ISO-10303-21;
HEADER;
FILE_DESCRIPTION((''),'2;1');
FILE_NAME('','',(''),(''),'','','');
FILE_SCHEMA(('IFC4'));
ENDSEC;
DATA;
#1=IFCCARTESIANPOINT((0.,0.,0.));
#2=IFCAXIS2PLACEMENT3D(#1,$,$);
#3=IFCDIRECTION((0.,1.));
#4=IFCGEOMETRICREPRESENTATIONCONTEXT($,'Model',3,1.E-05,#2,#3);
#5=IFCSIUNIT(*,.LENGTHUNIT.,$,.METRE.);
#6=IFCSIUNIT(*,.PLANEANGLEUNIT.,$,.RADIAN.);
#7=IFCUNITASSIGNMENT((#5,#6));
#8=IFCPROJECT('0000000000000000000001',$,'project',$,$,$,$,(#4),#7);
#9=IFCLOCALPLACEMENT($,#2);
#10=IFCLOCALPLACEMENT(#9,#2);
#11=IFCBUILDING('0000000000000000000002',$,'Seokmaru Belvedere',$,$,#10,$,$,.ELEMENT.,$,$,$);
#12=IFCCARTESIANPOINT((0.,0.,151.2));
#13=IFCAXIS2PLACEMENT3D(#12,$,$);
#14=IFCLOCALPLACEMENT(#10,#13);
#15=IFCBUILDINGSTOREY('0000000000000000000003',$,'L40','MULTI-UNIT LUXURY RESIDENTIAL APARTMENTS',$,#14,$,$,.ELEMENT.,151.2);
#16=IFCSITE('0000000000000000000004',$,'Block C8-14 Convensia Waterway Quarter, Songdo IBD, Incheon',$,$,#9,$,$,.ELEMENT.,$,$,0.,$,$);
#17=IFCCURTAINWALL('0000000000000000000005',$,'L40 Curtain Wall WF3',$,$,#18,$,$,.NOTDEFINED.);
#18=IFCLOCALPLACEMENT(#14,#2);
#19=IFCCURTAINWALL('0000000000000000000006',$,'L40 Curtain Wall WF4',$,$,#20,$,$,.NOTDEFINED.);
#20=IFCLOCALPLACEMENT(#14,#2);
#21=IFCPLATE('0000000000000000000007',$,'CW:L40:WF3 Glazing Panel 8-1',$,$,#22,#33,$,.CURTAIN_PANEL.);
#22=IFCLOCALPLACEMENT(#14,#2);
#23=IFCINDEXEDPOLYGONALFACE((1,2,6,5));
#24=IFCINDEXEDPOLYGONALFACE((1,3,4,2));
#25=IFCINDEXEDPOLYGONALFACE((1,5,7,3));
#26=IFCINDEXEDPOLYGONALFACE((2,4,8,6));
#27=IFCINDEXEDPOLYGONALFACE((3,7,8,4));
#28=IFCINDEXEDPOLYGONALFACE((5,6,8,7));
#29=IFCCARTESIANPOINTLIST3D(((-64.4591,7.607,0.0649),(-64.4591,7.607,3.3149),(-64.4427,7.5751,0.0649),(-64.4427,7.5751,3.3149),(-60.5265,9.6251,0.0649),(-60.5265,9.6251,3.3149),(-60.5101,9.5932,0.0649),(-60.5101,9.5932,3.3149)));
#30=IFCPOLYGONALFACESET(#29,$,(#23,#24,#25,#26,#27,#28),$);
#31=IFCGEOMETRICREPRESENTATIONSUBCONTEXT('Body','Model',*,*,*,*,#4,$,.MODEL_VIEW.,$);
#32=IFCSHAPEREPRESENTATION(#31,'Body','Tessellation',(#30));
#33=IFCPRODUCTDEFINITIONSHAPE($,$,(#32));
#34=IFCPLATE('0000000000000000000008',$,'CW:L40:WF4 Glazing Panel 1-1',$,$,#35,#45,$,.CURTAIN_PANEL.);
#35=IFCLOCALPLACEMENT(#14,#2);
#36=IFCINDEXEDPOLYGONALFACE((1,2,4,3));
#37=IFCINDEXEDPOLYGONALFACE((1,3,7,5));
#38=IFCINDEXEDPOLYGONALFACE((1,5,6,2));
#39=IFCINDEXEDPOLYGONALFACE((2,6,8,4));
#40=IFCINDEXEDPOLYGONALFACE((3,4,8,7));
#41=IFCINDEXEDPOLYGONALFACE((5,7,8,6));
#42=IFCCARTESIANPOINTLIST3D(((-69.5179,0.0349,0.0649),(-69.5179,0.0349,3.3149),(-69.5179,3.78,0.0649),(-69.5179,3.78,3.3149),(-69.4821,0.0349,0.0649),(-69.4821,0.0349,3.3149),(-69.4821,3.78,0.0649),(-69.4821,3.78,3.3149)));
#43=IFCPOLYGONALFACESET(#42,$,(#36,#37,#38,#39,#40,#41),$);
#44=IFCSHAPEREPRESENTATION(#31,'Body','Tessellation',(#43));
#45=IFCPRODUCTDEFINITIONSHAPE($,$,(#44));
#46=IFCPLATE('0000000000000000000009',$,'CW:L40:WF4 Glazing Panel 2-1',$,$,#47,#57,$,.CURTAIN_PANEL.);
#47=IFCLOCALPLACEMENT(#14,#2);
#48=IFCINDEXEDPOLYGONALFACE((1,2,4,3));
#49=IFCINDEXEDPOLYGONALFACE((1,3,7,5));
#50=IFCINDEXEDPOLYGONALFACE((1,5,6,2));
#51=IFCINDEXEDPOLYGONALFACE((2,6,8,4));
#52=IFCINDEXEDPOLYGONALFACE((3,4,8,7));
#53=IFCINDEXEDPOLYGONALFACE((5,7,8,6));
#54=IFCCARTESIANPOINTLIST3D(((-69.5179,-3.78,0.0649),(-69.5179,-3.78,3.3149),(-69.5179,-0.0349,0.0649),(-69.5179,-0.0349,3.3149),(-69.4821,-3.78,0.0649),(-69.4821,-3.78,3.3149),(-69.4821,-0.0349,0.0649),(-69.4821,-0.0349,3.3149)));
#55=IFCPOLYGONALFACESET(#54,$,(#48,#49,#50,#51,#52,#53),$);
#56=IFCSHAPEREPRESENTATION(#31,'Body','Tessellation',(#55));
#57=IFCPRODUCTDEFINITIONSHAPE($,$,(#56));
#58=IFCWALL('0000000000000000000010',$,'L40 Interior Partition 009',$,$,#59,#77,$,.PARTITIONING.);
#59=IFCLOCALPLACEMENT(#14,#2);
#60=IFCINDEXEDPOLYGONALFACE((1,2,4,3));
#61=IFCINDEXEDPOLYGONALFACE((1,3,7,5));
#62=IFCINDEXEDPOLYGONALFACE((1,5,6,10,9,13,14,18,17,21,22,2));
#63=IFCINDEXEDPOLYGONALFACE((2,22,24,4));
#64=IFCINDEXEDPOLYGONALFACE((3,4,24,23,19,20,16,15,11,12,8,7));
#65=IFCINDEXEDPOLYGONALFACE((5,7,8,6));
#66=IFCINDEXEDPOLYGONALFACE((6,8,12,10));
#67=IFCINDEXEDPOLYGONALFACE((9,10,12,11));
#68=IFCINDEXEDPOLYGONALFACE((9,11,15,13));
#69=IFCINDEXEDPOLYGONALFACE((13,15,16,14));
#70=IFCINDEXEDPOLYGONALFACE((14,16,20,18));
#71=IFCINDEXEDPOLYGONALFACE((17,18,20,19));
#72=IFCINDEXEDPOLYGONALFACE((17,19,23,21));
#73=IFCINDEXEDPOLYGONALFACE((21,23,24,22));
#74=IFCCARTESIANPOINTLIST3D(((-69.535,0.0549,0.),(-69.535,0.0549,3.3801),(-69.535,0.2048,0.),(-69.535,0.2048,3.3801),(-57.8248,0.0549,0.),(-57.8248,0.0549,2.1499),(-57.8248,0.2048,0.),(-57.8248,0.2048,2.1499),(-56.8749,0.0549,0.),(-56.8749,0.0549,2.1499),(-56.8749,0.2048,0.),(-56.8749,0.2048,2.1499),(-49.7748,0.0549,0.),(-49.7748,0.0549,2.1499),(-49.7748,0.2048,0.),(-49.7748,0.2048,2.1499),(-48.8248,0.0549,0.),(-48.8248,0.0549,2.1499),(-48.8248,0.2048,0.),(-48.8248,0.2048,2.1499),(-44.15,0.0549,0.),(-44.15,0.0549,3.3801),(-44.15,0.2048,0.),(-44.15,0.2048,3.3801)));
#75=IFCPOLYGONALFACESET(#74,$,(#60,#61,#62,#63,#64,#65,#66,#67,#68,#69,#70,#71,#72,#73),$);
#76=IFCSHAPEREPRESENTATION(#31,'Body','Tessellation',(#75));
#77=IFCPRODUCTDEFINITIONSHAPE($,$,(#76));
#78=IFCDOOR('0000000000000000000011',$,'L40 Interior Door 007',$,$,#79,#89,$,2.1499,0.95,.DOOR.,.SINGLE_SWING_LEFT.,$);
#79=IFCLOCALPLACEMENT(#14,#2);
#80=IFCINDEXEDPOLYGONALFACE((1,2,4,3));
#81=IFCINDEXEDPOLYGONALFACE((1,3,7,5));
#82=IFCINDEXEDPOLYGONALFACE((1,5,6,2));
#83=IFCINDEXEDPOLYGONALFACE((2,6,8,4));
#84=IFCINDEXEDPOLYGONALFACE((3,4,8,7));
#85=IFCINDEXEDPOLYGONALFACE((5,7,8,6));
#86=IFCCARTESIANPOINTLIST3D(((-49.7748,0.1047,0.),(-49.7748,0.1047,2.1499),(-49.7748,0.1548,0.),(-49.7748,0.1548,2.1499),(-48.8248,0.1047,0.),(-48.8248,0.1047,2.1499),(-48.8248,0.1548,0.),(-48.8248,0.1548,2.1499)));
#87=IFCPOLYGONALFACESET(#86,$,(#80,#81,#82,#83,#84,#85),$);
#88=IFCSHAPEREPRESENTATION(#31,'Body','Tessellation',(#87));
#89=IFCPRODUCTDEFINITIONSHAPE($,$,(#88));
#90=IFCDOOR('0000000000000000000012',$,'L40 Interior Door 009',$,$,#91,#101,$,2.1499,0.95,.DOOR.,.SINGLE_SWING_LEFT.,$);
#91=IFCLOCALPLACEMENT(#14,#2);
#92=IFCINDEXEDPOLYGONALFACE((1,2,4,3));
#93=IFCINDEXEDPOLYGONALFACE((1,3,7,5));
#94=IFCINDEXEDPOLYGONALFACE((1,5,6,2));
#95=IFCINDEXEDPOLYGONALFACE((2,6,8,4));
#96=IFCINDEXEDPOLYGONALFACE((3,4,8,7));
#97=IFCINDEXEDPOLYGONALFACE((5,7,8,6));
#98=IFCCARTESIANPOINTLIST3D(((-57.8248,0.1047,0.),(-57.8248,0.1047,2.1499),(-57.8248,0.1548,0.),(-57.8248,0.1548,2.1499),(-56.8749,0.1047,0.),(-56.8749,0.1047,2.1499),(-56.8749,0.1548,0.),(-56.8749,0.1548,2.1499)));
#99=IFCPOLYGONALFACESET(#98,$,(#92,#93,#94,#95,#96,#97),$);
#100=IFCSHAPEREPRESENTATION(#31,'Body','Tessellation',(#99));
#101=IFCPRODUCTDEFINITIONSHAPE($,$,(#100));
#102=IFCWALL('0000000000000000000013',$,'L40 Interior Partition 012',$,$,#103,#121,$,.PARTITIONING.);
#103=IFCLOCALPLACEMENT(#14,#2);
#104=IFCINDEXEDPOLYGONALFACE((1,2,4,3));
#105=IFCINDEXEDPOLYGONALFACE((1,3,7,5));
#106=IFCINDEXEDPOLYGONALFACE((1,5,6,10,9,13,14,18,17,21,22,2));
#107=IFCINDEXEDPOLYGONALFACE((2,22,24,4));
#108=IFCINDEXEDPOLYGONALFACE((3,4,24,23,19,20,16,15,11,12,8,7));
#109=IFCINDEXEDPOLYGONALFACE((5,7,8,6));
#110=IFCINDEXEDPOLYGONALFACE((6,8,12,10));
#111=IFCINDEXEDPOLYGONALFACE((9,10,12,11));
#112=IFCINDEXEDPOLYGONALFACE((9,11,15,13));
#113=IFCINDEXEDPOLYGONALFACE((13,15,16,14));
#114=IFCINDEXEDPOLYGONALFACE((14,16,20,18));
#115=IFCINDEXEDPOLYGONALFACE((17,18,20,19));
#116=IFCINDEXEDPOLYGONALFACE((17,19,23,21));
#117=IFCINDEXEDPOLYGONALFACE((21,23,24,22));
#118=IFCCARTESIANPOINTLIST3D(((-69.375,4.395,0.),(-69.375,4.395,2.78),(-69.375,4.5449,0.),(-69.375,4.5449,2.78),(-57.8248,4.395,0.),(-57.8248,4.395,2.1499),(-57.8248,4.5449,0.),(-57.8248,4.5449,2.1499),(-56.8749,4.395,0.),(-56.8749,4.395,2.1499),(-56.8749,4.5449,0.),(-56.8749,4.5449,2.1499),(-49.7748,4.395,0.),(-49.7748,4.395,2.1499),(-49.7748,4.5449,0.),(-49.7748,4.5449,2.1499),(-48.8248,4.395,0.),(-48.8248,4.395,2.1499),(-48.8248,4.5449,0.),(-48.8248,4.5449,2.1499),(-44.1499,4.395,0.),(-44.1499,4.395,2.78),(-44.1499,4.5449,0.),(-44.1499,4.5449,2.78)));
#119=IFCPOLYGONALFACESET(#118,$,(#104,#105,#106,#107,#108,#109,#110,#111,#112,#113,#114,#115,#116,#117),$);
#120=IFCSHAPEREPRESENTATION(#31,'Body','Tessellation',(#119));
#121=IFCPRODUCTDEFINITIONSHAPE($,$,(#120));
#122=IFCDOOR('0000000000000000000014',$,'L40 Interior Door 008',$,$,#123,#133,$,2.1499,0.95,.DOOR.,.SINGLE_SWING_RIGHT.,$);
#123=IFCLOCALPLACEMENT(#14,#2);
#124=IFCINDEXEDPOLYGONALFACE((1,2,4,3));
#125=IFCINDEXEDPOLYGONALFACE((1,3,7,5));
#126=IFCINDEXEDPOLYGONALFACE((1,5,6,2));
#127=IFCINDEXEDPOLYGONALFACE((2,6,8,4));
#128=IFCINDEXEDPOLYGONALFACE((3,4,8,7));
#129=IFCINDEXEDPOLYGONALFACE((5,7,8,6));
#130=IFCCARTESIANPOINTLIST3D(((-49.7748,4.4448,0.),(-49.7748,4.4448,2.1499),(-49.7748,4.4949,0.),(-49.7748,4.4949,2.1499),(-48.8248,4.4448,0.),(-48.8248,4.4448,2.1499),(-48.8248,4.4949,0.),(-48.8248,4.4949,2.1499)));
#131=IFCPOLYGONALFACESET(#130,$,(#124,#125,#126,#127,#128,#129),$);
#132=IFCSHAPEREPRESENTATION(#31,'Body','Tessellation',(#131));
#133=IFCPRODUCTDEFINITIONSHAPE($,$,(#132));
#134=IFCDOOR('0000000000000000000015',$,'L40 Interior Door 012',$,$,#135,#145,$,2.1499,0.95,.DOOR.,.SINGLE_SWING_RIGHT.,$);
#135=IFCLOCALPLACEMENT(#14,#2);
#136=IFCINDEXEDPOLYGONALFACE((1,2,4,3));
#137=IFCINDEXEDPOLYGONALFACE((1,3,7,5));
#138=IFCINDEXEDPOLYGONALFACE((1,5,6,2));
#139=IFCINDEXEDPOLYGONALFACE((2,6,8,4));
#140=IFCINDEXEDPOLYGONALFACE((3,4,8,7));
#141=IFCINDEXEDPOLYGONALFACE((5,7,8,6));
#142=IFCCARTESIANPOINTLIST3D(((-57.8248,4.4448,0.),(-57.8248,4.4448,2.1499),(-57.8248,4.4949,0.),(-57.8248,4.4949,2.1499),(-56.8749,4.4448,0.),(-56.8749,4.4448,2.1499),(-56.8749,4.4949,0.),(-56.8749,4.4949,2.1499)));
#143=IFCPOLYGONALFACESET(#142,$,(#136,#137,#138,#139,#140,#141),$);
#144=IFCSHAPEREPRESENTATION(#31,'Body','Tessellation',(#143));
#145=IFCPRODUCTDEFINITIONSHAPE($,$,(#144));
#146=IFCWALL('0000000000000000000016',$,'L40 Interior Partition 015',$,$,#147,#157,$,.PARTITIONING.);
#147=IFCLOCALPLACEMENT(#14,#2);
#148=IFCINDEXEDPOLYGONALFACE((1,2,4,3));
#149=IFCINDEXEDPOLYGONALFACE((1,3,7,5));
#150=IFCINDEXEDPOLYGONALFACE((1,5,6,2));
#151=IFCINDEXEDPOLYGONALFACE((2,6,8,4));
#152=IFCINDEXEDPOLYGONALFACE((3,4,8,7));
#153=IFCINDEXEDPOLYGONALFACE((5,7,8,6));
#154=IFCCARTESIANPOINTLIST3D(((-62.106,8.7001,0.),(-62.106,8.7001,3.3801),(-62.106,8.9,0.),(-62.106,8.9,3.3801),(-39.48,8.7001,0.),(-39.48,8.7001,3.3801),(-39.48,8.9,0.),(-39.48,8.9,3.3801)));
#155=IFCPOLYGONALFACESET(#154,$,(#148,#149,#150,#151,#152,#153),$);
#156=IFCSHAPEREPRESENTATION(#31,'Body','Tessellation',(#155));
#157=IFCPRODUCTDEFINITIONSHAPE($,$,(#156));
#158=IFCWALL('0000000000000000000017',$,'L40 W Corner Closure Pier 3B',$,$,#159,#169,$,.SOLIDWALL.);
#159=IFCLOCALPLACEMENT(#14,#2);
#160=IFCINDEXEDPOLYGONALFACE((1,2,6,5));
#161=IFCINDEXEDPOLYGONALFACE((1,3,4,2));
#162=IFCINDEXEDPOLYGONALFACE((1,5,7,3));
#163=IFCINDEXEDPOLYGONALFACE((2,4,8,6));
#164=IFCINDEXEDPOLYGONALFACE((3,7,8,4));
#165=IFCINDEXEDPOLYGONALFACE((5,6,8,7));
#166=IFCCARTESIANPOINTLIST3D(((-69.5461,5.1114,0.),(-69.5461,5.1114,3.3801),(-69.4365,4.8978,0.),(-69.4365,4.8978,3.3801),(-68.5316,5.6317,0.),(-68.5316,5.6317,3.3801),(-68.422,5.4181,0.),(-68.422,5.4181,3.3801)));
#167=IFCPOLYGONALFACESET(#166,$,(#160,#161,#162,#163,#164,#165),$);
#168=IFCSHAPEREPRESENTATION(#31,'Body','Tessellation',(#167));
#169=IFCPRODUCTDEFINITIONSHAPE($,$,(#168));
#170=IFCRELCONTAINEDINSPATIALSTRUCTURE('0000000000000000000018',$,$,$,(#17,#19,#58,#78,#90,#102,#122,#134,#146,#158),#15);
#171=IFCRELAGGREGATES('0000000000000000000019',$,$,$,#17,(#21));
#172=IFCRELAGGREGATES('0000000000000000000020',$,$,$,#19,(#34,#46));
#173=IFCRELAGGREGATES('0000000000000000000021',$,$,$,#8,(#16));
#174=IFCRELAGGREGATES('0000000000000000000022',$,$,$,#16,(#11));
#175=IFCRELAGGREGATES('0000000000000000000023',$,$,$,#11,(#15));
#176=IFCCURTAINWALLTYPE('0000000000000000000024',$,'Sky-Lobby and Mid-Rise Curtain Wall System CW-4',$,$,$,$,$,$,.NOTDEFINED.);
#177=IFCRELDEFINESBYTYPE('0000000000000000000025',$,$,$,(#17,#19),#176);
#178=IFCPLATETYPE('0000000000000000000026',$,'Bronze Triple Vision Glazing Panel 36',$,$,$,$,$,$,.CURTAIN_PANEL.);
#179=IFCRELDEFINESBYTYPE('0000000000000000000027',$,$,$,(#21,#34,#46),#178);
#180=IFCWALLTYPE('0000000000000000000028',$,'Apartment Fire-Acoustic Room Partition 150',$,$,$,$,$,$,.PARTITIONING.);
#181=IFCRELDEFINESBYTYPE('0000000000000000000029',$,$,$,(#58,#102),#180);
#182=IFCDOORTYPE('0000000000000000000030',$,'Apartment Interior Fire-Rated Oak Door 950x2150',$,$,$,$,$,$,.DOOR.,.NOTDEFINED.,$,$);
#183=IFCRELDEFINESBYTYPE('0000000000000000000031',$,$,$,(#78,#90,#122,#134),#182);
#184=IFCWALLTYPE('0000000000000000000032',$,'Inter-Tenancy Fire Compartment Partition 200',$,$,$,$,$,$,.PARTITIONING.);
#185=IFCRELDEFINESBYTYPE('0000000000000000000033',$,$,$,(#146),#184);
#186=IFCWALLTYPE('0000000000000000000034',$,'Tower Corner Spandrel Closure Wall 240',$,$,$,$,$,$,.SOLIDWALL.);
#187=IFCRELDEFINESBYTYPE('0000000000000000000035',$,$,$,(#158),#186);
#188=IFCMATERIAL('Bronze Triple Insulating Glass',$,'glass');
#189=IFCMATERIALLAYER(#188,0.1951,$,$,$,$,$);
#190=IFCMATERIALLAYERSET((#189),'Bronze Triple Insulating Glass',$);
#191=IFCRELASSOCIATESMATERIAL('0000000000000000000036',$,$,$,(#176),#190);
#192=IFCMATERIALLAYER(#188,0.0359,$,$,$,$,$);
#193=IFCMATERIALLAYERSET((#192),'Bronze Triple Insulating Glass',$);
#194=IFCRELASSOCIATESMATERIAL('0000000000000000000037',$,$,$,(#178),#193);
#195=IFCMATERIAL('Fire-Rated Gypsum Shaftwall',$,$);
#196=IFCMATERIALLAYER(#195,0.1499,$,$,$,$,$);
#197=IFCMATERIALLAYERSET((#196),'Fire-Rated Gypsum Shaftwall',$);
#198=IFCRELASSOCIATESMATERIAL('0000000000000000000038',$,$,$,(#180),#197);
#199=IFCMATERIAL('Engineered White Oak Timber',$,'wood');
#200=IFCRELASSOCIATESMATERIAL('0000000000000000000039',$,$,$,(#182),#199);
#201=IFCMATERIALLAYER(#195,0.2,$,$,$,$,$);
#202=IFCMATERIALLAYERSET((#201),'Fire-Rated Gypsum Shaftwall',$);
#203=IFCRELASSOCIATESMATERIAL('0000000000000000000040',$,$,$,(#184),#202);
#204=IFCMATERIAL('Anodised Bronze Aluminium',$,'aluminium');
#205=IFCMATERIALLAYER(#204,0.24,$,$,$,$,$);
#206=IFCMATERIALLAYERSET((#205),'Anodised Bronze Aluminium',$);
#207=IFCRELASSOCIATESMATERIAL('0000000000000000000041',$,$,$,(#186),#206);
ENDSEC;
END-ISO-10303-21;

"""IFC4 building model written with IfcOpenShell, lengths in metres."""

from ifc_helpers import new_model, si_unit, direction, frame, frame_2d, origin, origin_2d, place, context, subcontext, project, spatial, rectangle, extrude, source, transform, mapped, material, layer, layer_set, type_object, type_shapes, element, fill, aggregate, save


model = new_model("IFC4")

# Units and contexts
model_context = context("Model", 3, precision=1e-05, world=origin(), true_north=direction((0.0, 1.0)))
body_context = subcontext(model_context, "Body", "Model", "MODEL_VIEW")
ifc_project = project(units=[si_unit("LENGTHUNIT", "METRE"), si_unit("PLANEANGLEUNIT", "RADIAN")], contexts=[model_context])

# Site, building, storey
site_placement = place(None, origin())
site = spatial("IfcSite", under=ifc_project, at=site_placement, Name="Block C8-14 Convensia Waterway Quarter, Songdo IBD, Incheon", CompositionType="ELEMENT", RefElevation=0.0)
building_placement = place(site_placement, origin())
building = spatial("IfcBuilding", under=site, at=building_placement, Name="Seokmaru Belvedere", CompositionType="ELEMENT")
storey_placement = place(building_placement, frame((0.0, 0.0, 151.2)))
storey = spatial("IfcBuildingStorey", under=building, at=storey_placement, Name="L40", Description="MULTI-UNIT LUXURY RESIDENTIAL APARTMENTS", CompositionType="ELEMENT", Elevation=151.2)

# Curtain walls
ifc_material_1 = material(Name="Bronze Triple Insulating Glass", Category="glass")
ifc_layer_1 = layer(ifc_material_1, 0.1951)
ifc_layer_set_1 = layer_set([ifc_layer_1], Name="Bronze Triple Insulating Glass")
curtain_wall_type = type_object("IfcCurtainWallType", Name="Sky-Lobby and Mid-Rise Curtain Wall System CW-4", PredefinedType="NOTDEFINED", material=ifc_layer_set_1)
curtain_wall_1_placement = place(storey_placement, origin())
curtain_wall_1 = element("IfcCurtainWall", 1, at=curtain_wall_1_placement, inside=storey, type_object=curtain_wall_type, Name="L40 Curtain Wall WF3", PredefinedType="NOTDEFINED")
ifc_material_2 = material(Name="Anodised Bronze Aluminium", Category="aluminium")
curtain_wall_2_placement = place(storey_placement, origin())
curtain_wall_2 = element("IfcCurtainWall", 2, at=curtain_wall_2_placement, inside=storey, type_object=curtain_wall_type, Name="L40 Curtain Wall WF4", PredefinedType="NOTDEFINED")

# Plates
ifc_layer_2 = layer(ifc_material_1, 0.0359)
ifc_layer_set_2 = layer_set([ifc_layer_2], Name="Bronze Triple Insulating Glass")
plate_type = type_object("IfcPlateType", Name="Bronze Triple Vision Glazing Panel 36", PredefinedType="CURTAIN_PANEL", material=ifc_layer_set_2)
shared_shape_1 = source(origin(), body_context, "Body", "SweptSolid", [
    extrude(rectangle(XDim=4.4202, YDim=0.0359, at=origin_2d()), origin(), (0.0, 0.0, 1.0), 3.25),
])
plate_1_placement = place(storey_placement, frame((-62.4846, 8.6001, 0.0649), z_axis=(0.0, 0.0, 1.0), x_axis=(-0.889695, -0.456555, 0.0)))
plate_1 = element("IfcPlate", 3, at=plate_1_placement, type_object=plate_type, Name="CW:L40:WF3 Glazing Panel 8-1", PredefinedType="CURTAIN_PANEL", context=body_context, shape_type="MappedRepresentation", body=[
    mapped(shared_shape_1, transform((0.0, 0.0, 0.0), scale=1.0)),
])
aggregate(curtain_wall_1, [plate_1])
shared_shape_2 = source(origin(), body_context, "Body", "SweptSolid", [
    extrude(rectangle(XDim=3.7451, YDim=0.0359, at=origin_2d()), origin(), (0.0, 0.0, 1.0), 3.25),
])
plate_2_placement = place(storey_placement, frame((-69.5, 1.9075, 0.0649), z_axis=(0.0, 0.0, 1.0), x_axis=(0.0, -1.0, 0.0)))
plate_2 = element("IfcPlate", 4, at=plate_2_placement, type_object=plate_type, Name="CW:L40:WF4 Glazing Panel 1-1", PredefinedType="CURTAIN_PANEL", context=body_context, shape_type="MappedRepresentation", body=[
    mapped(shared_shape_2, transform((0.0, 0.0, 0.0), scale=1.0)),
])
plate_3_placement = place(storey_placement, frame((-69.5, -1.9075, 0.0649), z_axis=(0.0, 0.0, 1.0), x_axis=(0.0, -1.0, 0.0)))
plate_3 = element("IfcPlate", 5, at=plate_3_placement, type_object=plate_type, Name="CW:L40:WF4 Glazing Panel 2-1", PredefinedType="CURTAIN_PANEL", context=body_context, shape_type="MappedRepresentation", body=[
    mapped(shared_shape_2, transform((0.0, 0.0, 0.0), scale=1.0)),
])
aggregate(curtain_wall_2, [plate_2, plate_3])

# Walls, openings, doors
ifc_material_3 = material(Name="Fire-Rated Gypsum Shaftwall")
ifc_layer_3 = layer(ifc_material_3, 0.1499)
ifc_layer_set_3 = layer_set([ifc_layer_3], Name="Fire-Rated Gypsum Shaftwall")
wall_type_1 = type_object("IfcWallType", Name="Apartment Fire-Acoustic Room Partition 150", PredefinedType="PARTITIONING", material=ifc_layer_set_3)
wall_1_placement = place(storey_placement, frame((-69.5349, 0.1299, 0.0), z_axis=(0.0, 0.0, 1.0), x_axis=(1.0, 0.0, 0.0)))
wall_1 = element("IfcWall", 6, at=wall_1_placement, inside=storey, type_object=wall_type_1, Name="L40 Interior Partition 009", PredefinedType="PARTITIONING", context=body_context, shape_type="SweptSolid", body=[
    extrude(rectangle(XDim=25.385, YDim=0.1499, at=frame_2d((12.6924, 0.0))), origin(), (0.0, 0.0, 1.0), 3.3801),
])
opening_1_placement = place(wall_1_placement, frame((19.76, 0.0, 0.0)))
opening_1 = element("IfcOpeningElement", 7, at=opening_1_placement, cuts=wall_1, PredefinedType="OPENING", context=body_context, shape_type="SweptSolid", body=[
    extrude(rectangle(XDim=0.95, YDim=2.1499, at=frame_2d((0.4751, 1.075))), frame((0.0, 0.085, 0.0), z_axis=(0.0, -1.0, 0.0), x_axis=(1.0, 0.0, 0.0)), (0.0, 0.0, 1.0), 0.1699),
])
opening_2_placement = place(wall_1_placement, frame((11.71, 0.0, 0.0)))
opening_2 = element("IfcOpeningElement", 8, at=opening_2_placement, cuts=wall_1, PredefinedType="OPENING", context=body_context, shape_type="SweptSolid", body=[
    extrude(rectangle(XDim=0.95, YDim=2.1499, at=frame_2d((0.4751, 1.075))), frame((0.0, 0.085, 0.0), z_axis=(0.0, -1.0, 0.0), x_axis=(1.0, 0.0, 0.0)), (0.0, 0.0, 1.0), 0.1699),
])
ifc_material_4 = material(Name="Engineered White Oak Timber", Category="wood")
door_type = type_object("IfcDoorType", Name="Apartment Interior Fire-Rated Oak Door 950x2150", OperationType="NOTDEFINED", PredefinedType="DOOR", material=ifc_material_4)
shared_shape_3 = source(origin(), body_context, "Body", "SweptSolid", [
    extrude(rectangle(XDim=0.95, YDim=2.1499, at=frame_2d((0.4751, 1.075))), frame((0.0, 0.0249, 0.0), z_axis=(0.0, -1.0, 0.0), x_axis=(1.0, 0.0, 0.0)), (0.0, 0.0, 1.0), 0.05),
])
type_shapes(door_type, [shared_shape_3])
door_1_placement = place(opening_1_placement, origin())
door_1 = element("IfcDoor", 9, at=door_1_placement, inside=storey, type_object=door_type, Name="L40 Interior Door 007", OperationType="SINGLE_SWING_LEFT", OverallHeight=2.1499, OverallWidth=0.95, PredefinedType="DOOR", context=body_context, shape_type="MappedRepresentation", body=[
    mapped(shared_shape_3, transform((0.0, 0.0, 0.0), scale=1.0)),
])
fill(opening_1, door_1)
door_2_placement = place(opening_2_placement, origin())
door_2 = element("IfcDoor", 10, at=door_2_placement, inside=storey, type_object=door_type, Name="L40 Interior Door 009", OperationType="SINGLE_SWING_LEFT", OverallHeight=2.1499, OverallWidth=0.95, PredefinedType="DOOR", context=body_context, shape_type="MappedRepresentation", body=[
    mapped(shared_shape_3, transform((0.0, 0.0, 0.0), scale=1.0)),
])
fill(opening_2, door_2)
wall_2_placement = place(storey_placement, frame((-69.375, 4.47, 0.0), z_axis=(0.0, 0.0, 1.0), x_axis=(1.0, 0.0, 0.0)))
wall_2 = element("IfcWall", 11, at=wall_2_placement, inside=storey, type_object=wall_type_1, Name="L40 Interior Partition 012", PredefinedType="PARTITIONING", context=body_context, shape_type="SweptSolid", body=[
    extrude(rectangle(XDim=25.2251, YDim=0.1499, at=frame_2d((12.6125, 0.0))), origin(), (0.0, 0.0, 1.0), 2.78),
])
opening_3_placement = place(wall_2_placement, frame((19.6001, 0.0, 0.0)))
opening_3 = element("IfcOpeningElement", 12, at=opening_3_placement, cuts=wall_2, PredefinedType="OPENING", context=body_context, shape_type="SweptSolid", body=[
    extrude(rectangle(XDim=0.95, YDim=2.1499, at=frame_2d((0.4751, 1.075))), frame((0.0, 0.085, 0.0), z_axis=(0.0, -1.0, 0.0), x_axis=(1.0, 0.0, 0.0)), (0.0, 0.0, 1.0), 0.1699),
])
opening_4_placement = place(wall_2_placement, frame((11.55, 0.0, 0.0)))
opening_4 = element("IfcOpeningElement", 13, at=opening_4_placement, cuts=wall_2, PredefinedType="OPENING", context=body_context, shape_type="SweptSolid", body=[
    extrude(rectangle(XDim=0.95, YDim=2.1499, at=frame_2d((0.4751, 1.075))), frame((0.0, 0.085, 0.0), z_axis=(0.0, -1.0, 0.0), x_axis=(1.0, 0.0, 0.0)), (0.0, 0.0, 1.0), 0.1699),
])
door_3_placement = place(opening_3_placement, origin())
door_3 = element("IfcDoor", 14, at=door_3_placement, inside=storey, type_object=door_type, Name="L40 Interior Door 008", OperationType="SINGLE_SWING_RIGHT", OverallHeight=2.1499, OverallWidth=0.95, PredefinedType="DOOR", context=body_context, shape_type="MappedRepresentation", body=[
    mapped(shared_shape_3, transform((0.0, 0.0, 0.0), scale=1.0)),
])
fill(opening_3, door_3)
door_4_placement = place(opening_4_placement, origin())
door_4 = element("IfcDoor", 15, at=door_4_placement, inside=storey, type_object=door_type, Name="L40 Interior Door 012", OperationType="SINGLE_SWING_RIGHT", OverallHeight=2.1499, OverallWidth=0.95, PredefinedType="DOOR", context=body_context, shape_type="MappedRepresentation", body=[
    mapped(shared_shape_3, transform((0.0, 0.0, 0.0), scale=1.0)),
])
fill(opening_4, door_4)

# Walls
ifc_layer_4 = layer(ifc_material_3, 0.2)
ifc_layer_set_4 = layer_set([ifc_layer_4], Name="Fire-Rated Gypsum Shaftwall")
wall_type_2 = type_object("IfcWallType", Name="Inter-Tenancy Fire Compartment Partition 200", PredefinedType="PARTITIONING", material=ifc_layer_set_4)
wall_3_placement = place(storey_placement, frame((-62.106, 8.8, 0.0), z_axis=(0.0, 0.0, 1.0), x_axis=(1.0, 0.0, 0.0)))
element("IfcWall", 16, at=wall_3_placement, inside=storey, type_object=wall_type_2, Name="L40 Interior Partition 015", PredefinedType="PARTITIONING", context=body_context, shape_type="SweptSolid", body=[
    extrude(rectangle(XDim=22.626, YDim=0.2, at=frame_2d((11.313, 0.0))), origin(), (0.0, 0.0, 1.0), 3.3801),
])
ifc_layer_5 = layer(ifc_material_2, 0.24)
ifc_layer_set_5 = layer_set([ifc_layer_5], Name="Anodised Bronze Aluminium")
wall_type_3 = type_object("IfcWallType", Name="Tower Corner Spandrel Closure Wall 240", PredefinedType="SOLIDWALL", material=ifc_layer_set_5)
wall_4_placement = place(storey_placement, frame((-68.4768, 5.5249, 0.0), z_axis=(0.0, 0.0, 1.0), x_axis=(-0.889797, -0.456356, 0.0)))
element("IfcWall", 17, at=wall_4_placement, inside=storey, type_object=wall_type_3, Name="L40 W Corner Closure Pier 3B", PredefinedType="SOLIDWALL", context=body_context, shape_type="SweptSolid", body=[
    extrude(rectangle(XDim=1.1401, YDim=0.24, at=frame_2d((0.5701, 0.0))), origin(), (0.0, 0.0, 1.0), 3.3801),
])

save(model, "model.ifc")
